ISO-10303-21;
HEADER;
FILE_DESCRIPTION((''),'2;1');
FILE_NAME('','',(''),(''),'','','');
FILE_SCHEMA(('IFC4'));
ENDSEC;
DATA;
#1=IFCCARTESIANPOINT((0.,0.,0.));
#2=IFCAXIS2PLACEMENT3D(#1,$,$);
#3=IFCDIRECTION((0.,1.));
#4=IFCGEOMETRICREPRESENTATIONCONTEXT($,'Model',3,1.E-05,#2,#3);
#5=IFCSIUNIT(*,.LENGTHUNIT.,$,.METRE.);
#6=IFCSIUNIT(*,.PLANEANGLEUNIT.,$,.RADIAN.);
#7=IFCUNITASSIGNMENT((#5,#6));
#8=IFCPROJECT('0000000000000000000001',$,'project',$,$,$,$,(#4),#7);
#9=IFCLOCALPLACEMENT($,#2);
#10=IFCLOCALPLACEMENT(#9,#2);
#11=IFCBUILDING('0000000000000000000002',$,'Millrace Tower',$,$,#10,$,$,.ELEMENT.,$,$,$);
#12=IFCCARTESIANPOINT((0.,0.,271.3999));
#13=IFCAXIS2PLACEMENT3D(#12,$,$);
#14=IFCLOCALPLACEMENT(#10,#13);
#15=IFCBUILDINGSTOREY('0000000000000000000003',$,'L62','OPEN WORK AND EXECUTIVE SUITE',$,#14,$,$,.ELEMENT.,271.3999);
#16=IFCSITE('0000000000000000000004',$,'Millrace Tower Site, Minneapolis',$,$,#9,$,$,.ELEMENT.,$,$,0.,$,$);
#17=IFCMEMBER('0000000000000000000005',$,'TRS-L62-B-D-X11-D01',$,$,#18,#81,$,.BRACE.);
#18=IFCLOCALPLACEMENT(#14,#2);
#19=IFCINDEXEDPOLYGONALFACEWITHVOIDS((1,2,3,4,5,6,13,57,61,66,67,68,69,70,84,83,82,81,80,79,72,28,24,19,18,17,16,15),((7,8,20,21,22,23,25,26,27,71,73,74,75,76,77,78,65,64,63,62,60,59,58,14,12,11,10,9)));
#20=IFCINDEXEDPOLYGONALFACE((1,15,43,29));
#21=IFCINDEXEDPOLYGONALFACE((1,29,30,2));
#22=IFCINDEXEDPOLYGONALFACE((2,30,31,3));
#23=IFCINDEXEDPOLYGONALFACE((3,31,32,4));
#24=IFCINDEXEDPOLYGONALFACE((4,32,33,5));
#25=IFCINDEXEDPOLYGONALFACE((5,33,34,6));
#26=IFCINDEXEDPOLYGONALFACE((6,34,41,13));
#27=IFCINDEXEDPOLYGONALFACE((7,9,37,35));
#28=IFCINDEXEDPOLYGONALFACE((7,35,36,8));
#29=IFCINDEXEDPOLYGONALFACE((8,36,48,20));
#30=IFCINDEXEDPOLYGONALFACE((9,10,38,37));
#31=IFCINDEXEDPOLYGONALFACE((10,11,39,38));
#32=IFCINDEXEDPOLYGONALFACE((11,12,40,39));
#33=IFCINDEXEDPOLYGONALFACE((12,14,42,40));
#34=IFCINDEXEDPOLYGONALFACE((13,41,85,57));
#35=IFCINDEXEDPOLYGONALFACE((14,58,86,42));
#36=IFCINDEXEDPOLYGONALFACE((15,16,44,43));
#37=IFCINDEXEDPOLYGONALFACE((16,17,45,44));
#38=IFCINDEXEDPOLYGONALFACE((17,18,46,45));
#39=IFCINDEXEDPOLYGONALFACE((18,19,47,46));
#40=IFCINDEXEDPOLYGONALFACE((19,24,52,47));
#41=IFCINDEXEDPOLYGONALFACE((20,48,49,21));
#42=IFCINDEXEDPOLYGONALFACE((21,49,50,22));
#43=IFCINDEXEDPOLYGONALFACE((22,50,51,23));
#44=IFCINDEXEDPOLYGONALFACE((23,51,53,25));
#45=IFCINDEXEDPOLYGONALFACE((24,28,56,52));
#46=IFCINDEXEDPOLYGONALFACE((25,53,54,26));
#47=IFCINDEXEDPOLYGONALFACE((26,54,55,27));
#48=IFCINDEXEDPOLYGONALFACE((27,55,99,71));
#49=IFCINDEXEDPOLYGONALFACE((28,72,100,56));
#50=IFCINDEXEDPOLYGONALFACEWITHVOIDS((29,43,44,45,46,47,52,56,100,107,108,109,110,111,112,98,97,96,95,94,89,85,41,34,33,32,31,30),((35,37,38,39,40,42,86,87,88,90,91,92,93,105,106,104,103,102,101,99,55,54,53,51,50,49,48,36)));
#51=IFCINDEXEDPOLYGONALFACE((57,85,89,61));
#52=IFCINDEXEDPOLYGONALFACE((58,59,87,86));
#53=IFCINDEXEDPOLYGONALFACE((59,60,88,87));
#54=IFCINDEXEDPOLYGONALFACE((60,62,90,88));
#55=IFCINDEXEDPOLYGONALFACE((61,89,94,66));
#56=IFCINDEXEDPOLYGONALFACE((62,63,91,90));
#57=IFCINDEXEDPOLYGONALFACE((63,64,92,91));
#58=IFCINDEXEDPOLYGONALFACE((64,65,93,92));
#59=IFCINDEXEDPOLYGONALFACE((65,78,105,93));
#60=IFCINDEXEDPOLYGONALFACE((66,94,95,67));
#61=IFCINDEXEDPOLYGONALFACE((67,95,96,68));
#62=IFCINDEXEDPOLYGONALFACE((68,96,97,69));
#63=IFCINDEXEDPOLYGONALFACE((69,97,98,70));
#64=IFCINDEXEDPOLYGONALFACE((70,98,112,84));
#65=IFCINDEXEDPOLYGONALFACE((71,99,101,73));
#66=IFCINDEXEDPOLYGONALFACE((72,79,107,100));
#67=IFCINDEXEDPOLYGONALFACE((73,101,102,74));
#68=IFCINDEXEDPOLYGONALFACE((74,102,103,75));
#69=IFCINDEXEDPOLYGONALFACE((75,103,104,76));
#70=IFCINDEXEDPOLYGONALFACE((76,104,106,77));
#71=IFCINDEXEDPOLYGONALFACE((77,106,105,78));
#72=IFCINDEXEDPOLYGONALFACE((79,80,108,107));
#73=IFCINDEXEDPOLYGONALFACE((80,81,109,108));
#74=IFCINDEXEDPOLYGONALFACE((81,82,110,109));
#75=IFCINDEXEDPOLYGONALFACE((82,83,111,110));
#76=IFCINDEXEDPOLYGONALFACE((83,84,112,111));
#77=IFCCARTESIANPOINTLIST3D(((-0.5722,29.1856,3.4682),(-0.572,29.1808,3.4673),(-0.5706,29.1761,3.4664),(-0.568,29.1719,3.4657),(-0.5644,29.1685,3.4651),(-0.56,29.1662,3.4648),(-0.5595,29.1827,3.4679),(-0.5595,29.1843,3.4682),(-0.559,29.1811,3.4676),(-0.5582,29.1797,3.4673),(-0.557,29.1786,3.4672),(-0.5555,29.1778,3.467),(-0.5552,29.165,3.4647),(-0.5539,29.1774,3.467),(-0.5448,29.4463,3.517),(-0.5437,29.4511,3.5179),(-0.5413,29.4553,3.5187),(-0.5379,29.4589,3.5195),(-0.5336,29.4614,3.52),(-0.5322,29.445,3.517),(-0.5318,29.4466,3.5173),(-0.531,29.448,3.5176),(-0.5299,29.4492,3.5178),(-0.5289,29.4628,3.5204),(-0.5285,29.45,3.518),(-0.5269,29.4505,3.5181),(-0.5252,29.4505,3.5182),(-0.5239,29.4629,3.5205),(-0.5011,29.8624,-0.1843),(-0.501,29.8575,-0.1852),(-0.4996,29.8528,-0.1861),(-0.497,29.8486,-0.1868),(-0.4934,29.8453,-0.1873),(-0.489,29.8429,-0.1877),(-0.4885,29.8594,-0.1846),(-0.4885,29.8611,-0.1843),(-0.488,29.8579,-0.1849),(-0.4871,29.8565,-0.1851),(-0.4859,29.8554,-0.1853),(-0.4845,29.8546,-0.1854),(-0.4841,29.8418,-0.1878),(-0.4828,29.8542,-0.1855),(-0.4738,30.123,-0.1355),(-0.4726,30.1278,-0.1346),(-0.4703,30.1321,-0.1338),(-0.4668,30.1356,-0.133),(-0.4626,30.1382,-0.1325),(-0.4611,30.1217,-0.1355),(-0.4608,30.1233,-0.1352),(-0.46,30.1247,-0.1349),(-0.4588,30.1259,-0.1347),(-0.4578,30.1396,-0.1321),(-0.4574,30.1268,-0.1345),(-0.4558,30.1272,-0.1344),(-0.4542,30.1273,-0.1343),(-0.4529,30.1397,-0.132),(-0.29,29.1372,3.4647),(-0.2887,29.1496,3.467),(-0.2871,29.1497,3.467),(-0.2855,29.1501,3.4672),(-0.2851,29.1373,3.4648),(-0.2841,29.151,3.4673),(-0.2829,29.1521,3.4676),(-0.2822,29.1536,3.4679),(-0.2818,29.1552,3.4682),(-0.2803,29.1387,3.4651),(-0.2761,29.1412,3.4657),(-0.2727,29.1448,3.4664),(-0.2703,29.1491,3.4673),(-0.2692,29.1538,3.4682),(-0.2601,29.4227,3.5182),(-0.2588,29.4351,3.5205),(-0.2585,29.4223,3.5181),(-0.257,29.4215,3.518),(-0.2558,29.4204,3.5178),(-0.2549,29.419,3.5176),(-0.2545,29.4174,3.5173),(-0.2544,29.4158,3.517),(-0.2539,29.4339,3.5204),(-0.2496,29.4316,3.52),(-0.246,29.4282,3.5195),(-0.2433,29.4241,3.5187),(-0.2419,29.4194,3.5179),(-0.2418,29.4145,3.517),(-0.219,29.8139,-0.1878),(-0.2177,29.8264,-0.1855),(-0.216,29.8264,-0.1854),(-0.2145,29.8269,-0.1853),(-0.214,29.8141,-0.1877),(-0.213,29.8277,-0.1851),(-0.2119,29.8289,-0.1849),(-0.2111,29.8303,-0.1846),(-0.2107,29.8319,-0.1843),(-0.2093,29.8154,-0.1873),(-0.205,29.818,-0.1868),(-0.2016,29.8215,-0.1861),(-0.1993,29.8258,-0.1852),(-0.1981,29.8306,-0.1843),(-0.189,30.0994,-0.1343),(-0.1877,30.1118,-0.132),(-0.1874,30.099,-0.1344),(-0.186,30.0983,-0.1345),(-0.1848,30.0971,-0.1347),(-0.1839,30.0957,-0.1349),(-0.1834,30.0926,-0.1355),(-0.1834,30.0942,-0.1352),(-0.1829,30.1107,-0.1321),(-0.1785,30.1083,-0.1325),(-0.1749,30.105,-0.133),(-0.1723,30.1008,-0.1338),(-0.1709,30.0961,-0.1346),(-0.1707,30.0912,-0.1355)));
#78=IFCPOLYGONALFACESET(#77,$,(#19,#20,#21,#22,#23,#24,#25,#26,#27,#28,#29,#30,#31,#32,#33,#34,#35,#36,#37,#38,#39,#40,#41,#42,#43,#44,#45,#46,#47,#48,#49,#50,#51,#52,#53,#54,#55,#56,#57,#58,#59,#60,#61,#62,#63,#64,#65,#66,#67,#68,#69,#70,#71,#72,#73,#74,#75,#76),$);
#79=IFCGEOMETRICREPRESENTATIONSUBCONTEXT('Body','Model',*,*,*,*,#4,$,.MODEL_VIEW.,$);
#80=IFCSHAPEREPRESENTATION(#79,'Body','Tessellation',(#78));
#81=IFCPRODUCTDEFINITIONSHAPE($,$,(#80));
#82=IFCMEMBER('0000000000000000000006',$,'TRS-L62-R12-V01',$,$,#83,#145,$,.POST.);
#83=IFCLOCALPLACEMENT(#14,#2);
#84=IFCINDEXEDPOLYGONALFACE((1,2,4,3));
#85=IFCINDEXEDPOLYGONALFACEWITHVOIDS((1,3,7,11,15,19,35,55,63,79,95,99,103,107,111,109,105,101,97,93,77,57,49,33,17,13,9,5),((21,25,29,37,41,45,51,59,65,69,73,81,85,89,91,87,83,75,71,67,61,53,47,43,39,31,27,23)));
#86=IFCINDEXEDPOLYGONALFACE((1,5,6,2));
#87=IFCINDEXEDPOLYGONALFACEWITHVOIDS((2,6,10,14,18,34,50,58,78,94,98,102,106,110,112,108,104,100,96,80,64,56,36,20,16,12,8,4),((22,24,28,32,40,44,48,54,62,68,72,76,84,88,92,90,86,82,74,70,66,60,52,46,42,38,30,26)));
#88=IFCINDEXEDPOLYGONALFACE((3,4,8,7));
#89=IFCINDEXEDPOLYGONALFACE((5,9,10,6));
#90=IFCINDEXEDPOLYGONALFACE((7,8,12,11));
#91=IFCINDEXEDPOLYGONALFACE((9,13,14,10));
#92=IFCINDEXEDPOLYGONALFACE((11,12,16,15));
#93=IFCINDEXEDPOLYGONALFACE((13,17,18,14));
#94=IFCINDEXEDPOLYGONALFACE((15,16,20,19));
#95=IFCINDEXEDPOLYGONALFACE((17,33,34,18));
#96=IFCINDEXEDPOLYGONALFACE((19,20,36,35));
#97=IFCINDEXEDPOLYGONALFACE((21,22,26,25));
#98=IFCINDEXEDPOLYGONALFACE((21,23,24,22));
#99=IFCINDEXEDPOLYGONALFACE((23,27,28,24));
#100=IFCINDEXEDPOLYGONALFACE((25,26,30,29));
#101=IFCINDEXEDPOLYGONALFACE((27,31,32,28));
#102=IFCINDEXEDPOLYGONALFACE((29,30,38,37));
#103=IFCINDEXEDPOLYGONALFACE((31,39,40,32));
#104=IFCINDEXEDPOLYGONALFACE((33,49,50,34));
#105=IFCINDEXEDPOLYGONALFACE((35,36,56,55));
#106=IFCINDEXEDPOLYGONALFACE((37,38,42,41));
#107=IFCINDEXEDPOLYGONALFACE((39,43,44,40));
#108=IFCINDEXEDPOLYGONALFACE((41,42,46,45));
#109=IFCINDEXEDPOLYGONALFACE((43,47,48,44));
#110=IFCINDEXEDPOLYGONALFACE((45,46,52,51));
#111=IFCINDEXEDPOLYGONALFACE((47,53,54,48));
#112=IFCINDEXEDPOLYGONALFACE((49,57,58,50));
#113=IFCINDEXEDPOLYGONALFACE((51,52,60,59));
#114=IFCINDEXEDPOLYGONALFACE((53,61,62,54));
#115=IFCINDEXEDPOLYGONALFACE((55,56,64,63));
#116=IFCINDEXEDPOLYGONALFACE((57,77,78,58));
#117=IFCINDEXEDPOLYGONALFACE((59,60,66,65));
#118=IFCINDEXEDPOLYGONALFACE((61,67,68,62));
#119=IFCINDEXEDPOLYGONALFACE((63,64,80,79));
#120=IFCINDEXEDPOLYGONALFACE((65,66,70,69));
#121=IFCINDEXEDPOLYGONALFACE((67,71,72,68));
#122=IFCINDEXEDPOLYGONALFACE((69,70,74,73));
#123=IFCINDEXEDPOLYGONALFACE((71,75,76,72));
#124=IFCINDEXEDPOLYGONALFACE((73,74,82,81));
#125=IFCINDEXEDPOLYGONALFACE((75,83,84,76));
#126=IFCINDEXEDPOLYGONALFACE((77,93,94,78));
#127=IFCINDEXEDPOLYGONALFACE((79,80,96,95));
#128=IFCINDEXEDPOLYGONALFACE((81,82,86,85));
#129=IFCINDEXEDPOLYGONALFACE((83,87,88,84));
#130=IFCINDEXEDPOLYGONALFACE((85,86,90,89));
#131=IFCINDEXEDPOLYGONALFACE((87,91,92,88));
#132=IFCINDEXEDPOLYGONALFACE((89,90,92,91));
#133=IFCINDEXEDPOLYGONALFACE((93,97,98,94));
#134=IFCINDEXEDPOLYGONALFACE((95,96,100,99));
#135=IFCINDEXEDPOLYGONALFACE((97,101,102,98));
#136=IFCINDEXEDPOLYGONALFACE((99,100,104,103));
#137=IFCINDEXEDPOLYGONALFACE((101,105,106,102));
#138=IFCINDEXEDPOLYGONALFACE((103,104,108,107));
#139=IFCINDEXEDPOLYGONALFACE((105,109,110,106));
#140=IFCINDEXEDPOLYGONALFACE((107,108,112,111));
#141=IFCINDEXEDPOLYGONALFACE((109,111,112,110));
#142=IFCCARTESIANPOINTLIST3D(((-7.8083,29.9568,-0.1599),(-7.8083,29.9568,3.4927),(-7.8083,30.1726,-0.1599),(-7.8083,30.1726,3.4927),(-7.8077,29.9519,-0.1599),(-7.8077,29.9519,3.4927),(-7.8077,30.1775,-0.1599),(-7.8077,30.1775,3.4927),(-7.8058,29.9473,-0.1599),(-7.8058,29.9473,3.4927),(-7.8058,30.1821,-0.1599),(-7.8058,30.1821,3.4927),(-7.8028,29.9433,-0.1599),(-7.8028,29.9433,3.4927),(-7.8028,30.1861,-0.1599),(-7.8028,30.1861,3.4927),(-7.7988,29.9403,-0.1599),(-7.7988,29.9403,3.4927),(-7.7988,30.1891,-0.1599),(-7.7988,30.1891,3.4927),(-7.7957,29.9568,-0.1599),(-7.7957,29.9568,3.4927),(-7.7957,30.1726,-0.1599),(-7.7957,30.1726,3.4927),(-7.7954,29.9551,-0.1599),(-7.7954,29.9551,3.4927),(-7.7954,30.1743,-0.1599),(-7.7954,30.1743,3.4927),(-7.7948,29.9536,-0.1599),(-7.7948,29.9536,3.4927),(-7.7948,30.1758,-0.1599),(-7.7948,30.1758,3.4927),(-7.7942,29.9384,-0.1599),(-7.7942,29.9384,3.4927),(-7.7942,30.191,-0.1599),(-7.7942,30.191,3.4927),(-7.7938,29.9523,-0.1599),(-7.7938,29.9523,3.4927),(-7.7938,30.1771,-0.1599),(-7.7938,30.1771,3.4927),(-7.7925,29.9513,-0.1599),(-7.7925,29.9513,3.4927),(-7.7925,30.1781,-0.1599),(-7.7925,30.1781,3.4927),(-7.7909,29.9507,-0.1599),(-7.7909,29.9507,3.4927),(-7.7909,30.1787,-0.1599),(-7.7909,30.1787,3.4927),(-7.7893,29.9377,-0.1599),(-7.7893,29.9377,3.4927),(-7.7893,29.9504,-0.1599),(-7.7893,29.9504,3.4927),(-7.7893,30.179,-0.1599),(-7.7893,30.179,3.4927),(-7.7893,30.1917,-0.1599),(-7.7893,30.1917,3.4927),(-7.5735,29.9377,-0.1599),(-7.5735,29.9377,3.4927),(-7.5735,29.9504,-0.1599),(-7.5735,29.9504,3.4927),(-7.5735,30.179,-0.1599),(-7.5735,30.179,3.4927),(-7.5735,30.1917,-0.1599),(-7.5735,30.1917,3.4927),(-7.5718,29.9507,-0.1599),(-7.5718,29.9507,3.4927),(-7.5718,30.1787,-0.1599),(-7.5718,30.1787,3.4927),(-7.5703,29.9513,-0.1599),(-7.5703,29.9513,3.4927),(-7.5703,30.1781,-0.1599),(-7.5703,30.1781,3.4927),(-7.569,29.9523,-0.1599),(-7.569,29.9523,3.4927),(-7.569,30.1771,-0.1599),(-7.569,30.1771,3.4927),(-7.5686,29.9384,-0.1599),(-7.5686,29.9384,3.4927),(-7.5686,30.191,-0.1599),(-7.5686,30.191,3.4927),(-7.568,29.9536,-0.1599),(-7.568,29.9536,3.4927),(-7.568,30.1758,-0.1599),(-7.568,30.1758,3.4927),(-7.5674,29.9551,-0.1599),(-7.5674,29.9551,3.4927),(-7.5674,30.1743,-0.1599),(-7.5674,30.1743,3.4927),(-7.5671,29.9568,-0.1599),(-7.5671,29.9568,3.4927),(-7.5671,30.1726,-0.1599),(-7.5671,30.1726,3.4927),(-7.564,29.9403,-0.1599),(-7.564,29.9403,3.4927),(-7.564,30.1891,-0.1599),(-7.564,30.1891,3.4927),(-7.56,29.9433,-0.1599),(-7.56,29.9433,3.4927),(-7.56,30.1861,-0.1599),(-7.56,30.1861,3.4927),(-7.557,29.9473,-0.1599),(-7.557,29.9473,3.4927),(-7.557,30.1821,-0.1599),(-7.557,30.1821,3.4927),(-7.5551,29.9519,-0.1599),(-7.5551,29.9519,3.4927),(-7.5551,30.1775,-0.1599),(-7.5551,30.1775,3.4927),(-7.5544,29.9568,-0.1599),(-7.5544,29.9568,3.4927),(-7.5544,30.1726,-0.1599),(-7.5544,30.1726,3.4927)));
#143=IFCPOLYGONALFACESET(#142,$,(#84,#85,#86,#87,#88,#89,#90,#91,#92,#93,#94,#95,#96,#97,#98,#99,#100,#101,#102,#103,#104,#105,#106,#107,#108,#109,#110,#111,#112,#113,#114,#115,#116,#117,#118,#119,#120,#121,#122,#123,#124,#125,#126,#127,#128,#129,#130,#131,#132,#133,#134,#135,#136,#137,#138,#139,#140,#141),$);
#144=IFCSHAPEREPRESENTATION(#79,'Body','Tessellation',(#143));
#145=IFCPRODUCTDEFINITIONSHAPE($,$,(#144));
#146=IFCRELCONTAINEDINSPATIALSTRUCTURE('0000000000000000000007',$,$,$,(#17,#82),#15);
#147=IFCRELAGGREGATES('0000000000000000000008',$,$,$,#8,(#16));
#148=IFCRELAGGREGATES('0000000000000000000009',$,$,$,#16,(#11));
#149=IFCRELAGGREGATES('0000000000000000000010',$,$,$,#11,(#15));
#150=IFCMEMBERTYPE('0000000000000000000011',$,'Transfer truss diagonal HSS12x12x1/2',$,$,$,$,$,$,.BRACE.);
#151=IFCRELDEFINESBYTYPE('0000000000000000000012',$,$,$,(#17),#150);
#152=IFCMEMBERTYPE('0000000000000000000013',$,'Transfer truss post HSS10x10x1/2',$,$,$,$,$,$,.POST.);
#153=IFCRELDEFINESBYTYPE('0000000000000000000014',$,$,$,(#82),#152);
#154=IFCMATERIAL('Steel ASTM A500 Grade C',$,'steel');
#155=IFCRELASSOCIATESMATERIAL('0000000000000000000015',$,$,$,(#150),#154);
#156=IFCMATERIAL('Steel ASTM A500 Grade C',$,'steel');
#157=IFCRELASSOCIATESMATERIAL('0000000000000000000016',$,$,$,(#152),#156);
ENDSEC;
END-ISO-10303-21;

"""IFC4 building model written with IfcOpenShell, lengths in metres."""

from ifc_helpers import new_model, si_unit, direction, frame, origin, origin_2d, place, context, subcontext, project, spatial, hollow_rectangle, extrude, material, material_profile, profile_set, type_object, element, save


model = new_model("IFC4")

# Units and contexts
model_context = context("Model", 3, precision=1e-05, world=origin(), true_north=direction((0.0, 1.0)))
body_context = subcontext(model_context, "Body", "Model", "MODEL_VIEW")
ifc_project = project(units=[si_unit("LENGTHUNIT", "METRE"), si_unit("PLANEANGLEUNIT", "RADIAN")], contexts=[model_context])

# Site, building, storey
site_placement = place(None, origin())
site = spatial("IfcSite", under=ifc_project, at=site_placement, Name="Millrace Tower Site, Minneapolis", CompositionType="ELEMENT", RefElevation=0.0)
building_placement = place(site_placement, origin())
building = spatial("IfcBuilding", under=site, at=building_placement, Name="Millrace Tower", CompositionType="ELEMENT")
storey_placement = place(building_placement, frame((0.0, 0.0, 271.3999)))
storey = spatial("IfcBuildingStorey", under=building, at=storey_placement, Name="L62", Description="OPEN WORK AND EXECUTIVE SUITE", CompositionType="ELEMENT", Elevation=271.3999)

# Members
ifc_material_1 = material(Name="Steel ASTM A500 Grade C", Category="steel")
ifc_material_profile_1 = material_profile(ifc_material_1, hollow_rectangle(XDim=0.3047, YDim=0.3047, WallThickness=0.0127, InnerFilletRadius=0.0063, OuterFilletRadius=0.019, at=origin_2d()))
ifc_profile_set_1 = profile_set([ifc_material_profile_1], Name="Steel ASTM A500 Grade C")
member_type_1 = type_object("IfcMemberType", Name="Transfer truss diagonal HSS12x12x1/2", PredefinedType="BRACE", material=ifc_profile_set_1)
member_1_placement = place(storey_placement, frame((-0.3359, 29.9768, -0.1599), z_axis=(-0.019122, -0.182148, 0.983085), x_axis=(0.994535, -0.104405, 0.0)))
element("IfcMember", 1, at=member_1_placement, inside=storey, type_object=member_type_1, Name="TRS-L62-B-D-X11-D01", PredefinedType="BRACE", context=body_context, shape_type="SweptSolid", body=[
    extrude(hollow_rectangle(XDim=0.3047, YDim=0.3047, WallThickness=0.0127, InnerFilletRadius=0.0063, OuterFilletRadius=0.019, at=origin_2d()), origin(), (0.0, 0.0, 1.0), 3.7153),
])
ifc_material_2 = material(Name="Steel ASTM A500 Grade C", Category="steel")
ifc_material_profile_2 = material_profile(ifc_material_2, hollow_rectangle(XDim=0.2539, YDim=0.2539, WallThickness=0.0127, InnerFilletRadius=0.0063, OuterFilletRadius=0.019, at=origin_2d()))
ifc_profile_set_2 = profile_set([ifc_material_profile_2], Name="Steel ASTM A500 Grade C")
member_type_2 = type_object("IfcMemberType", Name="Transfer truss post HSS10x10x1/2", PredefinedType="POST", material=ifc_profile_set_2)
for number, where, z_axis, x_axis, name in (
    (2, (-7.6814, 30.0647, -0.1599), (0.0, 0.0, 1.0), (1.0, 0.0, 0.0), "TRS-L62-R12-V01"),
):
    element("IfcMember", number, at=place(storey_placement, frame(where, z_axis=z_axis, x_axis=x_axis)), inside=storey, type_object=member_type_2, Name=name, PredefinedType="POST", context=body_context, shape_type="SweptSolid", body=[
        extrude(hollow_rectangle(XDim=0.2539, YDim=0.2539, WallThickness=0.0127, InnerFilletRadius=0.0063, OuterFilletRadius=0.019, at=origin_2d()), origin(), (0.0, 0.0, 1.0), 3.6526),
    ])

save(model, "model.ifc")
